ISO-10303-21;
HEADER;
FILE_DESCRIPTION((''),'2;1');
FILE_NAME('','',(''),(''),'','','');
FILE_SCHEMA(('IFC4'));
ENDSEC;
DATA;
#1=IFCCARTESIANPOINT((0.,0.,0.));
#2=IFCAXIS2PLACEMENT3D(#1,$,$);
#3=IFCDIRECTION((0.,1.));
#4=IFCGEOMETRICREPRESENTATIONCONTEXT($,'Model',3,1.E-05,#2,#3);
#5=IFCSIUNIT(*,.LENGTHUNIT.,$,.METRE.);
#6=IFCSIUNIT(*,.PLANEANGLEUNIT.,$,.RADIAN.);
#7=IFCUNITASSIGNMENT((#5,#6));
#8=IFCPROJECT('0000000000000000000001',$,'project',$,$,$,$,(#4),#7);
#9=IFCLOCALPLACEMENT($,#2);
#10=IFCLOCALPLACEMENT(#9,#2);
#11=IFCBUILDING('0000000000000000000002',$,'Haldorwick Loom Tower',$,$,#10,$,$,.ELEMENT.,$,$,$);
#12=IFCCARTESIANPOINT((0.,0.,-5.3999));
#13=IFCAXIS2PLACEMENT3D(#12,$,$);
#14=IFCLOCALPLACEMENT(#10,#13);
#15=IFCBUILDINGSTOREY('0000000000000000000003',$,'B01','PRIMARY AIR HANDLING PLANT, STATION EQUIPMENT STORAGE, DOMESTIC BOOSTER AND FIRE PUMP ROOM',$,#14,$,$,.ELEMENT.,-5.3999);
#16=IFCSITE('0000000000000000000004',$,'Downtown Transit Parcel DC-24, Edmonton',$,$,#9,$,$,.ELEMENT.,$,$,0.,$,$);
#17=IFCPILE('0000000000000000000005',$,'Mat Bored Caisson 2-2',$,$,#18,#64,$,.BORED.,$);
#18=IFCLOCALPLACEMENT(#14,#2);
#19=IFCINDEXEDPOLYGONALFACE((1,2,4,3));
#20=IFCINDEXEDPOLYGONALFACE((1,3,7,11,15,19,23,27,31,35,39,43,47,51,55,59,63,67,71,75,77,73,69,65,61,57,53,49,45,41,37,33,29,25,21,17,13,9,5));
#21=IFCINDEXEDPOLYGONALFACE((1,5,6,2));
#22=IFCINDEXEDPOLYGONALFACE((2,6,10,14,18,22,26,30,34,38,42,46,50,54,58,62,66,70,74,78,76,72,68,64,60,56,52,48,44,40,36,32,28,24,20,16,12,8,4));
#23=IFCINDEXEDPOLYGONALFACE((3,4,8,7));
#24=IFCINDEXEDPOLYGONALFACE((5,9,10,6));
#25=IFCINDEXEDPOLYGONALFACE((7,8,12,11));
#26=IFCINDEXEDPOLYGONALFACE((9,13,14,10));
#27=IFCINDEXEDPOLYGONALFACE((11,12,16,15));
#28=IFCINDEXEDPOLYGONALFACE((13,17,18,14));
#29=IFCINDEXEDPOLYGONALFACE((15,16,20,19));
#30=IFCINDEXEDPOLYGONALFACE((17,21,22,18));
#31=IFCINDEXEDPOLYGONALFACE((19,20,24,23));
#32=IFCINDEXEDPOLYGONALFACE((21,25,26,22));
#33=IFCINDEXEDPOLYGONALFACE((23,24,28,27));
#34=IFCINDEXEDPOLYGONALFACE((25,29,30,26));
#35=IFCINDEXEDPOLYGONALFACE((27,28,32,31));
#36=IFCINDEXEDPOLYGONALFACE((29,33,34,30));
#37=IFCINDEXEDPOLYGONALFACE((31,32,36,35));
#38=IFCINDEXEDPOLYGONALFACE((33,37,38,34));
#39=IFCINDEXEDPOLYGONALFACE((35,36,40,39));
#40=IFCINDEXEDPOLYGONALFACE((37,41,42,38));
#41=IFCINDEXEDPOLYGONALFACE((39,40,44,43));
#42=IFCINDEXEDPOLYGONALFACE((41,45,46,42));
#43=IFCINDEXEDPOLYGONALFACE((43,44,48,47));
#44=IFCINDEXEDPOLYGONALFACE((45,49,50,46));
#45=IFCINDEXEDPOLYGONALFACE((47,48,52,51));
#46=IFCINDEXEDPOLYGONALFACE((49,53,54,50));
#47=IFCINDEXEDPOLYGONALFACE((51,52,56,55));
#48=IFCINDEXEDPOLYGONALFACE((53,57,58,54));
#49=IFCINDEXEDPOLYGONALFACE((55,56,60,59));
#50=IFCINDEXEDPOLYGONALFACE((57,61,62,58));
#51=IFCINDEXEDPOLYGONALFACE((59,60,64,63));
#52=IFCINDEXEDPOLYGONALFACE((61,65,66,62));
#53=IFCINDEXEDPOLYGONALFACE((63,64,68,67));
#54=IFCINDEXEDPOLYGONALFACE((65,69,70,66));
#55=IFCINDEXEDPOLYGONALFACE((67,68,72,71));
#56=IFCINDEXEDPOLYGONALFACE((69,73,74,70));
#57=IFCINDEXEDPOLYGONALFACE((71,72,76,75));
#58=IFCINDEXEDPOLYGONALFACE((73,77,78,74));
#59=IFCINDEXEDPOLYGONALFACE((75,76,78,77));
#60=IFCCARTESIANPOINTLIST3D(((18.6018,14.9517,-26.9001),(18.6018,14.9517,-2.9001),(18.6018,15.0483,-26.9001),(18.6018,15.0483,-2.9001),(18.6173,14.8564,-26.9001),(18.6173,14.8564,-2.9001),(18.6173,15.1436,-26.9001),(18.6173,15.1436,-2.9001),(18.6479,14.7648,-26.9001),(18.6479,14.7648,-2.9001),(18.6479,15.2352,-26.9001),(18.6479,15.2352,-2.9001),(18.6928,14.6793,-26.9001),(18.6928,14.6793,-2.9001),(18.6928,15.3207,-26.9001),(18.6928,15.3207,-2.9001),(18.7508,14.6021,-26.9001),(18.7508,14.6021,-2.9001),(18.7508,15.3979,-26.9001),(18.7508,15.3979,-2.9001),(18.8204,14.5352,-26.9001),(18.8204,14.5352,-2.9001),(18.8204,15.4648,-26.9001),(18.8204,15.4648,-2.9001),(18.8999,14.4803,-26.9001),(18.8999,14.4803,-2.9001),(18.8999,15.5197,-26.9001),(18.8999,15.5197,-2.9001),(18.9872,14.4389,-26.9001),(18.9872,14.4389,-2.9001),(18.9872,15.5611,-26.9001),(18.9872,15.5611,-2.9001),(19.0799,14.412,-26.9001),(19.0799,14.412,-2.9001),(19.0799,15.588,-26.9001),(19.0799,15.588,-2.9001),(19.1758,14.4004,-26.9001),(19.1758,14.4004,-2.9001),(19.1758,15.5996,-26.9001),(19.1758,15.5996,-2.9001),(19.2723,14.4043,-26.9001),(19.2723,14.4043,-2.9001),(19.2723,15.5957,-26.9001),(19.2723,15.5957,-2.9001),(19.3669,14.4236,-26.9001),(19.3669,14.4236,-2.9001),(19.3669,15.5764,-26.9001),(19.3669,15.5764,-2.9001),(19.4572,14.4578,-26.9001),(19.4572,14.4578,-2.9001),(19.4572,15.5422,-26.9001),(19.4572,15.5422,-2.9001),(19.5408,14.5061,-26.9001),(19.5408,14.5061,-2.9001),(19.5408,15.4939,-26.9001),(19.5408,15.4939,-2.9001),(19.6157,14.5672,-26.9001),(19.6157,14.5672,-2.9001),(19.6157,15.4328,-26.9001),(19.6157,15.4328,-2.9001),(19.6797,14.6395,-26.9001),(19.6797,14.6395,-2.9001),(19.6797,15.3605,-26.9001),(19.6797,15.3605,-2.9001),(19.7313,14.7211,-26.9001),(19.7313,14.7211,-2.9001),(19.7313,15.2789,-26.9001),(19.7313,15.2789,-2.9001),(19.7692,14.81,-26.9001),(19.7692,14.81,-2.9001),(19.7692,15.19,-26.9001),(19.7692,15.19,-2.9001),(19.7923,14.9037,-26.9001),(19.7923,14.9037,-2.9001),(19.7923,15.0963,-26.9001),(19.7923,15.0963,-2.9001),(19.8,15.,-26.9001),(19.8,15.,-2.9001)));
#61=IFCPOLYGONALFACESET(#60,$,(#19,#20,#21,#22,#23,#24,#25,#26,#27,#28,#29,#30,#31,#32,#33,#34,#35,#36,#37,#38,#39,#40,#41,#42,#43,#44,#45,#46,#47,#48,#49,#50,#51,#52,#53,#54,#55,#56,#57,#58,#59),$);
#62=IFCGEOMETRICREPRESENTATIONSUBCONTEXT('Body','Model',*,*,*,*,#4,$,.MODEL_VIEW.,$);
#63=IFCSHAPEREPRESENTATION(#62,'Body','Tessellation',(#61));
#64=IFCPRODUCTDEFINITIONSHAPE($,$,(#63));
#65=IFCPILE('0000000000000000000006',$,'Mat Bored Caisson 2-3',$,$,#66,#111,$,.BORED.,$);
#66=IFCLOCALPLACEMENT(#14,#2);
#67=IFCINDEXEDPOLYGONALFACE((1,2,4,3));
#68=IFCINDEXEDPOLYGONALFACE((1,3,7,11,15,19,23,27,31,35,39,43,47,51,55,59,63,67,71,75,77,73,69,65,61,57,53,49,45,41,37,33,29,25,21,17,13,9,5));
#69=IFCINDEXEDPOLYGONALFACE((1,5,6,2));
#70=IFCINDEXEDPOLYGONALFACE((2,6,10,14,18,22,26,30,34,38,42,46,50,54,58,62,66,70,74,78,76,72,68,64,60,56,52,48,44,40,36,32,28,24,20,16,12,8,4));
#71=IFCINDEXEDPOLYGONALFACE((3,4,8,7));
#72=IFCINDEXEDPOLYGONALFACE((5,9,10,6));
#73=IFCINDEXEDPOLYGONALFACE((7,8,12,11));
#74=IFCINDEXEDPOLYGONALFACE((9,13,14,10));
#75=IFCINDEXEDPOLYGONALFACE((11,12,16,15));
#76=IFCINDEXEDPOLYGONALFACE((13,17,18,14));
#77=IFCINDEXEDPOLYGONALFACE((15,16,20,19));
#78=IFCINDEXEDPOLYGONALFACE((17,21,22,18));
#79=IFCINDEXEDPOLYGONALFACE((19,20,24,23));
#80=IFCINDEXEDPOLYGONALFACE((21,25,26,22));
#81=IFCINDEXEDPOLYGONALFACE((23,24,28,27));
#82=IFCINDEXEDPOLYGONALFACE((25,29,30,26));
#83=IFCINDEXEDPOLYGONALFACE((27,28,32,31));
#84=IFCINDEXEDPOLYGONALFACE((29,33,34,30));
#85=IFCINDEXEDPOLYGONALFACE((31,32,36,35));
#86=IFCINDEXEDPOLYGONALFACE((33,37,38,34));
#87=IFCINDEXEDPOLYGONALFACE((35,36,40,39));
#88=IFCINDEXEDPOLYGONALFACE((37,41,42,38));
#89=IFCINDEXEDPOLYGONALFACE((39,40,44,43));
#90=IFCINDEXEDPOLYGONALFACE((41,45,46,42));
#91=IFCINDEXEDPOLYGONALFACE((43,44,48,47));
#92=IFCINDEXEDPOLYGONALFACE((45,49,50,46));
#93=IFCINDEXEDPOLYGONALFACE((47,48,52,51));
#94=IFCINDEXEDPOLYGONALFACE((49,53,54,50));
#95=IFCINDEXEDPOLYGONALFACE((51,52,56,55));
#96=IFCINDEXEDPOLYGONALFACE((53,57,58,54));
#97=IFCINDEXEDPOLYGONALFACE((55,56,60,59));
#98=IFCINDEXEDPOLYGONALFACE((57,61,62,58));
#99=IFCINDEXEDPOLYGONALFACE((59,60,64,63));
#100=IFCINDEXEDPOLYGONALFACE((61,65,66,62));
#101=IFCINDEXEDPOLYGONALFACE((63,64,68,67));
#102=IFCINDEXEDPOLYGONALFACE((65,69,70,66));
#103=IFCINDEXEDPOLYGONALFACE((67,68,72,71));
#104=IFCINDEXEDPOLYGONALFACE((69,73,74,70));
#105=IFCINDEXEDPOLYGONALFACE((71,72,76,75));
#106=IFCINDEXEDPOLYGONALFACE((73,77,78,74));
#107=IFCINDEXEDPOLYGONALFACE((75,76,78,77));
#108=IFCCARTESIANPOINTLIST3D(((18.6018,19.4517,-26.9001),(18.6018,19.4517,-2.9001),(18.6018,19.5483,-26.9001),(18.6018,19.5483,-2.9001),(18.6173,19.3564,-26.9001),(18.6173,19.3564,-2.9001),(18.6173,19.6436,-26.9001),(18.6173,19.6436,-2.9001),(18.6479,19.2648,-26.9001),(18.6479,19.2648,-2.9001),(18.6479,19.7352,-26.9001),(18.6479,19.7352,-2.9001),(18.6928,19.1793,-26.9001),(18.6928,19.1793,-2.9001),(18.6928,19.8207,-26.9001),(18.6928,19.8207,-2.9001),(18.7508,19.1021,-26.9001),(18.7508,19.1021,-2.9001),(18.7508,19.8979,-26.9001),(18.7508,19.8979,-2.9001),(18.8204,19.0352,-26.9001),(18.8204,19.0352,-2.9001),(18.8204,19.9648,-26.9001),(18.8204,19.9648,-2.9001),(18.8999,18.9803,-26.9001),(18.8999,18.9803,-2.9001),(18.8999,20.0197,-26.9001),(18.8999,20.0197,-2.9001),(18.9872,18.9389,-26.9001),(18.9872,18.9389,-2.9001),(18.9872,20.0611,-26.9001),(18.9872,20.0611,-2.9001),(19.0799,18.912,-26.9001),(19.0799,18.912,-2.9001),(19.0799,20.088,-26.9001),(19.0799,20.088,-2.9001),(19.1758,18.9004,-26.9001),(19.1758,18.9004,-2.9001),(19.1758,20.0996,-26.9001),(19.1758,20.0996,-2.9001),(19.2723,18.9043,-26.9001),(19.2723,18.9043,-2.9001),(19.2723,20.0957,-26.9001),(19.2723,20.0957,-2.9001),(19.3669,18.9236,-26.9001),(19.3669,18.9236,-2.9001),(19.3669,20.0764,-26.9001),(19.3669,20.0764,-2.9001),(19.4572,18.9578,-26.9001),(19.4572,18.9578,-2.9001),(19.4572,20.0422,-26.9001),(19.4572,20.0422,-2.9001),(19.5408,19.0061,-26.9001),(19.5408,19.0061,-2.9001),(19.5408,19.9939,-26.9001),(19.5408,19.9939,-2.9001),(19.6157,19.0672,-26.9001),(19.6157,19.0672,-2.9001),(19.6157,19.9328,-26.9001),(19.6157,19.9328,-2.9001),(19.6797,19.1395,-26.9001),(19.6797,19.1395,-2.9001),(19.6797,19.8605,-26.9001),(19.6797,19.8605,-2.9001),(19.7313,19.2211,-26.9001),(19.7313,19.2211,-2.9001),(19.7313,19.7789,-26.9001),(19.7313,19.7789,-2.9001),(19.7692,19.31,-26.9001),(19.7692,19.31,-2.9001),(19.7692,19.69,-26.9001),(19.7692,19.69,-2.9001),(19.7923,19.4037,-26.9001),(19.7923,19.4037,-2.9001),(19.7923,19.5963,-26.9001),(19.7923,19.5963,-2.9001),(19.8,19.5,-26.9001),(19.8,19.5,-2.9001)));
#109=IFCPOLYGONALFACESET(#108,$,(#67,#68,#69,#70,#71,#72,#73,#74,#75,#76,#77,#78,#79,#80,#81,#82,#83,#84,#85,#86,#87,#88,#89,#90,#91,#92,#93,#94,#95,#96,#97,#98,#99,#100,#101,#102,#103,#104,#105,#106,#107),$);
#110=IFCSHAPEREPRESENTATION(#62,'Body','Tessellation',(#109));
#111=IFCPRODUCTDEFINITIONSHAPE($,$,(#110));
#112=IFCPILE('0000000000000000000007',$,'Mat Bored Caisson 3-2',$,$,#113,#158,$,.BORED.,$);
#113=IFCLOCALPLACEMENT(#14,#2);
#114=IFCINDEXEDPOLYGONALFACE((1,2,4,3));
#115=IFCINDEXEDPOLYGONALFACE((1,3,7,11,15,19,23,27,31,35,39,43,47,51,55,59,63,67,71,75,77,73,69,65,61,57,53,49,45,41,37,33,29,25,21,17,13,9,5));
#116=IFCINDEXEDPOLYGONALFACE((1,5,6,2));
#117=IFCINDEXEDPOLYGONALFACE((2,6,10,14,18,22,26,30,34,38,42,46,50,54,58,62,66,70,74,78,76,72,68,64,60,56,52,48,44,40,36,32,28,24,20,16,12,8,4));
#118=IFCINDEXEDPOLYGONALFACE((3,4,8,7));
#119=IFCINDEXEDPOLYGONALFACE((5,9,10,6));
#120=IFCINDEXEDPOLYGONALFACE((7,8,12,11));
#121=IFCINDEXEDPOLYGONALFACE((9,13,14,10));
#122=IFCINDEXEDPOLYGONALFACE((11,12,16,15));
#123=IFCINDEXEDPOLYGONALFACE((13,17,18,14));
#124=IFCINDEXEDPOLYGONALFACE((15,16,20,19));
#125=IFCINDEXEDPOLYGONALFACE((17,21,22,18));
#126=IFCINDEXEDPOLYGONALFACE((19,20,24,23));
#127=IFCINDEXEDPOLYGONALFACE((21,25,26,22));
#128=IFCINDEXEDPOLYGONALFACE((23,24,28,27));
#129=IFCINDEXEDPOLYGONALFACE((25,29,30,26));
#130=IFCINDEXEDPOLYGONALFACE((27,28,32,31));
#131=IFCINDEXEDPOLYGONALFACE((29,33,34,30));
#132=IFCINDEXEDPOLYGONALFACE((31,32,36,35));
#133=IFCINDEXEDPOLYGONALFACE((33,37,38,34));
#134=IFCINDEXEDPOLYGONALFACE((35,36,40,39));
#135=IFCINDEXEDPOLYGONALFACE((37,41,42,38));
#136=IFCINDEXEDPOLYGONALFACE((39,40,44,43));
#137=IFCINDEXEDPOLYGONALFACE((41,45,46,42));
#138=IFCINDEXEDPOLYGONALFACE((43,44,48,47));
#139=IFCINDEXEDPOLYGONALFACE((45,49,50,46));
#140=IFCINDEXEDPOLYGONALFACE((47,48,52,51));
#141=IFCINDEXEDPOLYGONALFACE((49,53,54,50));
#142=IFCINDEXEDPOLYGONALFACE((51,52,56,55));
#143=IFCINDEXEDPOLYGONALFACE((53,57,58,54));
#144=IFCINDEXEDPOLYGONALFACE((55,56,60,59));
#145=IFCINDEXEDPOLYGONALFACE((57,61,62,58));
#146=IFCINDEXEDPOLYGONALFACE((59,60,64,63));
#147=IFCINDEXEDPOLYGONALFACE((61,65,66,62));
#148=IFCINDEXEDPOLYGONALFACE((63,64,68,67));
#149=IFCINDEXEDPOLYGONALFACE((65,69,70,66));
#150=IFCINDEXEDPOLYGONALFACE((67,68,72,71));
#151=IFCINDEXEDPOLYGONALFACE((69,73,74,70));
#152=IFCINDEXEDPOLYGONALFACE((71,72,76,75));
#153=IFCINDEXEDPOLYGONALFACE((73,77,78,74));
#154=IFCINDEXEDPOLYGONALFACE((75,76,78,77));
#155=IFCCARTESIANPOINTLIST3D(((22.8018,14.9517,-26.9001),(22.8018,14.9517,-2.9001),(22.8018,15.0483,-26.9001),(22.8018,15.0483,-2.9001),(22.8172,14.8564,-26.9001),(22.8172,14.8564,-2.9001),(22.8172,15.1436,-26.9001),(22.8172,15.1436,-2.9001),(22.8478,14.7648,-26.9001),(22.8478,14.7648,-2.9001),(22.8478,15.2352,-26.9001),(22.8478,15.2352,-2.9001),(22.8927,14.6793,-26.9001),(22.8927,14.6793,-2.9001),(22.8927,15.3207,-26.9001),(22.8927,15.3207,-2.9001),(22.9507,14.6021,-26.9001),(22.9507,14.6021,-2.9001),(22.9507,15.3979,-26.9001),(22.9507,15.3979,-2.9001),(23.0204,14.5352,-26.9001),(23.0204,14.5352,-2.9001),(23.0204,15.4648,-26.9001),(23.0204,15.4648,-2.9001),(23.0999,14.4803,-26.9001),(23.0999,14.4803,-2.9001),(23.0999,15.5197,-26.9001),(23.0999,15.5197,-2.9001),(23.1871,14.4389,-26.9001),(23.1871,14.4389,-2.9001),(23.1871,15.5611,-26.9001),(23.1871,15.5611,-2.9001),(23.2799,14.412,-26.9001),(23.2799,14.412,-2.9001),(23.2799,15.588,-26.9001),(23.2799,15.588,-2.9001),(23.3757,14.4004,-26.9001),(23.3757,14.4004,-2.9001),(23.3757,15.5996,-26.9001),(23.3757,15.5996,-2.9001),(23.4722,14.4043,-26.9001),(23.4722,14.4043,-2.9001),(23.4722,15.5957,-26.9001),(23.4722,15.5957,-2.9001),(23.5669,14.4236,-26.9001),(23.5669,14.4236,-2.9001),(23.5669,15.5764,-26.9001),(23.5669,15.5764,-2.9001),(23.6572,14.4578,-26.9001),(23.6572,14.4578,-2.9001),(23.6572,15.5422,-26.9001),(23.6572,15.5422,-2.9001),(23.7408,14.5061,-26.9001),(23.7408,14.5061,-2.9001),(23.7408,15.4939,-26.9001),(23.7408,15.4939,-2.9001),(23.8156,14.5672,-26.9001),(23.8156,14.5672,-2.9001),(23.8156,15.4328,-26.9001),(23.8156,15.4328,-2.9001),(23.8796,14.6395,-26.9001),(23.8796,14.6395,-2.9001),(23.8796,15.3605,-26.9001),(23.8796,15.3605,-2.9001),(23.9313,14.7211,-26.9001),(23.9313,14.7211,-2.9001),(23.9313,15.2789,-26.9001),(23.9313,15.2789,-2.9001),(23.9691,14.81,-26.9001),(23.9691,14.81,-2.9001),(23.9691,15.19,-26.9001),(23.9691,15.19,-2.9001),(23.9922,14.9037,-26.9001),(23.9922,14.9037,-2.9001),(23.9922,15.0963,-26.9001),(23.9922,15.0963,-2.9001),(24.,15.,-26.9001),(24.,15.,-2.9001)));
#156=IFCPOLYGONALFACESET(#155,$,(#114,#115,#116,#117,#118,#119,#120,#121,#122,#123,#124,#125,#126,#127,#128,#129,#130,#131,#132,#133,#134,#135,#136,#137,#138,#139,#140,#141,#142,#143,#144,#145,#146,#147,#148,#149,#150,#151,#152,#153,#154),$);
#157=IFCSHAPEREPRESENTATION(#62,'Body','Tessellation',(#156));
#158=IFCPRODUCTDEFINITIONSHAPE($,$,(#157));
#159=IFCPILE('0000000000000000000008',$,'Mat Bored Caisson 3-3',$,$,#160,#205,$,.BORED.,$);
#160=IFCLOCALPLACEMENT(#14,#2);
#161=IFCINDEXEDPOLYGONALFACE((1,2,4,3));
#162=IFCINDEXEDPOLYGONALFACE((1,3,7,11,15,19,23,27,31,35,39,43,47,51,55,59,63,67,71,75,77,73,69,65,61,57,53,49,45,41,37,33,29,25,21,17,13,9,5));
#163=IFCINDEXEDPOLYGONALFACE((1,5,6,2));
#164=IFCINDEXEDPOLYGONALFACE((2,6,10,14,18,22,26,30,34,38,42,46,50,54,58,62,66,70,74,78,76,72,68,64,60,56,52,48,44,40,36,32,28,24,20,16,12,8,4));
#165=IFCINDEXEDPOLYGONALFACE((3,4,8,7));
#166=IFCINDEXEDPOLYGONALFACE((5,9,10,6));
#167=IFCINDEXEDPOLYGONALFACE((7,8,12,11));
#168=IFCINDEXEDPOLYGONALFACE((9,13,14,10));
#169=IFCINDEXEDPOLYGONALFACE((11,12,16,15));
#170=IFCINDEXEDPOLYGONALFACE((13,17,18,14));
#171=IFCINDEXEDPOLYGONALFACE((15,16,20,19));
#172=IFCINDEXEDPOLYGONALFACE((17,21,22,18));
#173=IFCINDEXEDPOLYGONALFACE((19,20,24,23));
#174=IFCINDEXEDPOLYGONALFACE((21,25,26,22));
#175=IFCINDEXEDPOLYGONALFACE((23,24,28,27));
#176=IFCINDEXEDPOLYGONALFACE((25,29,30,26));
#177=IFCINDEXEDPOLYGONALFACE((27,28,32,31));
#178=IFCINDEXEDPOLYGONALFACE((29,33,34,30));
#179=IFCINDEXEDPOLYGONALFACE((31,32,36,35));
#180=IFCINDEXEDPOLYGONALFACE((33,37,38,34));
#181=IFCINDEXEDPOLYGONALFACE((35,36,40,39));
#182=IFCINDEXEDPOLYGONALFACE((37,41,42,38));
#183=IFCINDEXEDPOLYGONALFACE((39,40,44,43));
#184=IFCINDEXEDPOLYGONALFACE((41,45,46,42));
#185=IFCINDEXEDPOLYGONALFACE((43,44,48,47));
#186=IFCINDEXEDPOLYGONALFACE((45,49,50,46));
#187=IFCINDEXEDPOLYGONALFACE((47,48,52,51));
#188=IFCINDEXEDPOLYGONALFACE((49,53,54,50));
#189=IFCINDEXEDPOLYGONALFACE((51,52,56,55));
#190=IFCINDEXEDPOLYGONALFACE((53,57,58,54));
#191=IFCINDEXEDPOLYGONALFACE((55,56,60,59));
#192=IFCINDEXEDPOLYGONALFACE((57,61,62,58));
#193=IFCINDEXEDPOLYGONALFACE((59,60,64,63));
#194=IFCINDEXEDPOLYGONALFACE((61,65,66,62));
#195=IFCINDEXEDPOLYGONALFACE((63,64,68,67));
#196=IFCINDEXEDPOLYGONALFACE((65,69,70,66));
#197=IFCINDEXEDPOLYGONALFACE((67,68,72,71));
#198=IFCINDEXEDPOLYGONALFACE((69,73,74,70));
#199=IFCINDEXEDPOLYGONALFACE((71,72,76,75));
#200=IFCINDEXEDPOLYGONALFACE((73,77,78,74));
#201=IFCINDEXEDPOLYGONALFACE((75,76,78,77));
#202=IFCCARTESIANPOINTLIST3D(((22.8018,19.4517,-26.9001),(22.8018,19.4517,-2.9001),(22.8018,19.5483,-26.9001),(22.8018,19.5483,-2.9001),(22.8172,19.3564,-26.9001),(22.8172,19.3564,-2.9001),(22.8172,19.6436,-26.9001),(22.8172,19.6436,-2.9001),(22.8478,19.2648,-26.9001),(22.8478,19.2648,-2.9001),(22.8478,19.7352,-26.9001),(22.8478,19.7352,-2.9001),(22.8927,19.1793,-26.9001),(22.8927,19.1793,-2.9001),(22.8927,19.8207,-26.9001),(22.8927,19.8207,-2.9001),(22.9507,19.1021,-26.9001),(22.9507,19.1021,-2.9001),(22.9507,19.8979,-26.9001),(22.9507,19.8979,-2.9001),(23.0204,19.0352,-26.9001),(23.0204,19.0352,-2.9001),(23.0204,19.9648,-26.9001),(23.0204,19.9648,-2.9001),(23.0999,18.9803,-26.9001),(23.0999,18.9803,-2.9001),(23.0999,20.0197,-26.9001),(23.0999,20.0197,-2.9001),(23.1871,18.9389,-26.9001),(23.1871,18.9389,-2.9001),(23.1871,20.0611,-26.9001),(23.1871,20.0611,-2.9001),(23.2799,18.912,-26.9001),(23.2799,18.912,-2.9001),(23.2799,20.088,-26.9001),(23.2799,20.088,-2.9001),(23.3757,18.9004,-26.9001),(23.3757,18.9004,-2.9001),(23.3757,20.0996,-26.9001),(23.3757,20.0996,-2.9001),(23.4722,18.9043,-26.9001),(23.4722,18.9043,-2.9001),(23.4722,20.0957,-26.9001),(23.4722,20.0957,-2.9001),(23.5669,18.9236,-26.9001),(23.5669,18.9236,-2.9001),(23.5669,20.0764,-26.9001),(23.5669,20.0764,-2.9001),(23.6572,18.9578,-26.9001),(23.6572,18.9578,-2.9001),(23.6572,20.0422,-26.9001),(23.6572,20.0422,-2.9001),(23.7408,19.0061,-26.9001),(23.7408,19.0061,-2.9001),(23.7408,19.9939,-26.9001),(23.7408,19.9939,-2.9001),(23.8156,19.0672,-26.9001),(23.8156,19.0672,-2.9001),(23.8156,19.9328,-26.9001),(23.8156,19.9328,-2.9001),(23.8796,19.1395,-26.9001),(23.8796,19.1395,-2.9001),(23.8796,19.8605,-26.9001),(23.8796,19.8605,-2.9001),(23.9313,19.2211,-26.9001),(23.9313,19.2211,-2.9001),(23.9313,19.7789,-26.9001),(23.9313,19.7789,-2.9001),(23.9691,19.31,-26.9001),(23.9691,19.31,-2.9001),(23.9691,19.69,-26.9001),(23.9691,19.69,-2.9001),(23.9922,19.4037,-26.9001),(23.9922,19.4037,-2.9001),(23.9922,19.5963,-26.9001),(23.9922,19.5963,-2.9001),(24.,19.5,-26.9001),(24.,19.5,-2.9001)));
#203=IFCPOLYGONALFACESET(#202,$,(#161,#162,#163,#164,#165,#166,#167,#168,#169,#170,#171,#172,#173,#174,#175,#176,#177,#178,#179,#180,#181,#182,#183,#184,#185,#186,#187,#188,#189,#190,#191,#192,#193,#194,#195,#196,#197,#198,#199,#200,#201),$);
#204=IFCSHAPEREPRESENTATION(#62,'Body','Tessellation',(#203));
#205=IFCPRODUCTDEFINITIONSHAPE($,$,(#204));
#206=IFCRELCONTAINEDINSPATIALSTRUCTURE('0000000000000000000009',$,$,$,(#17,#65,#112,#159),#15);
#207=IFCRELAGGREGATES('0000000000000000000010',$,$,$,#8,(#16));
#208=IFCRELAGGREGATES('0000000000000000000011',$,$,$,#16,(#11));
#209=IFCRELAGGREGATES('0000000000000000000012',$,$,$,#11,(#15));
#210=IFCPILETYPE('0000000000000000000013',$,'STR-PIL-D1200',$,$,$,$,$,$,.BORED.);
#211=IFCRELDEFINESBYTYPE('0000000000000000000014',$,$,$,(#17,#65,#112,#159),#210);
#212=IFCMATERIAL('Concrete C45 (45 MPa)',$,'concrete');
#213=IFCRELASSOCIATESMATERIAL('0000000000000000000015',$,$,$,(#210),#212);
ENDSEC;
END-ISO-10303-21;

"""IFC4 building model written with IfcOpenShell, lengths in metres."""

from ifc_helpers import new_model, si_unit, direction, frame, origin, origin_2d, place, context, subcontext, project, spatial, circle, extrude, material, material_profile, profile_set, type_object, element, save


model = new_model("IFC4")

# Units and contexts
model_context = context("Model", 3, precision=1e-05, world=origin(), true_north=direction((0.0, 1.0)))
body_context = subcontext(model_context, "Body", "Model", "MODEL_VIEW")
ifc_project = project(units=[si_unit("LENGTHUNIT", "METRE"), si_unit("PLANEANGLEUNIT", "RADIAN")], contexts=[model_context])

# Site, building, storey
site_placement = place(None, origin())
site = spatial("IfcSite", under=ifc_project, at=site_placement, Name="Downtown Transit Parcel DC-24, Edmonton", CompositionType="ELEMENT", RefElevation=0.0)
building_placement = place(site_placement, origin())
building = spatial("IfcBuilding", under=site, at=building_placement, Name="Haldorwick Loom Tower", CompositionType="ELEMENT")
storey_placement = place(building_placement, frame((0.0, 0.0, -5.3999)))
storey = spatial("IfcBuildingStorey", under=building, at=storey_placement, Name="B01", Description="PRIMARY AIR HANDLING PLANT, STATION EQUIPMENT STORAGE, DOMESTIC BOOSTER AND FIRE PUMP ROOM", CompositionType="ELEMENT", Elevation=-5.3999)

# Piles
ifc_material_1 = material(Name="Concrete C45 (45 MPa)", Category="concrete")
ifc_material_profile_1 = material_profile(ifc_material_1, circle(Radius=0.6001, at=origin_2d()), Name="CAISSON_D1200", Category="concrete")
ifc_profile_set_1 = profile_set([ifc_material_profile_1], Name="Concrete C45 (45 MPa)")
pile_type_1 = type_object("IfcPileType", Name="STR-PIL-D1200", PredefinedType="BORED", material=ifc_profile_set_1)
for number, where, z_axis, x_axis, name in (
    (1, (19.2, 15.0, -2.9001), (0.0, 0.0, -1.0), (1.0, 0.0, 0.0), "Mat Bored Caisson 2-2"),
    (2, (19.2, 19.5, -2.9001), (0.0, 0.0, -1.0), (1.0, 0.0, 0.0), "Mat Bored Caisson 2-3"),
    (3, (23.3999, 15.0, -2.9001), (0.0, 0.0, -1.0), (1.0, 0.0, 0.0), "Mat Bored Caisson 3-2"),
    (4, (23.3999, 19.5, -2.9001), (0.0, 0.0, -1.0), (1.0, 0.0, 0.0), "Mat Bored Caisson 3-3"),
):
    element("IfcPile", number, at=place(storey_placement, frame(where, z_axis=z_axis, x_axis=x_axis)), inside=storey, type_object=pile_type_1, Name=name, PredefinedType="BORED", context=body_context, shape_type="SweptSolid", body=[
        extrude(circle(Radius=0.6001, at=origin_2d()), origin(), (0.0, 0.0, 1.0), 24.0),
    ])

save(model, "model.ifc")
